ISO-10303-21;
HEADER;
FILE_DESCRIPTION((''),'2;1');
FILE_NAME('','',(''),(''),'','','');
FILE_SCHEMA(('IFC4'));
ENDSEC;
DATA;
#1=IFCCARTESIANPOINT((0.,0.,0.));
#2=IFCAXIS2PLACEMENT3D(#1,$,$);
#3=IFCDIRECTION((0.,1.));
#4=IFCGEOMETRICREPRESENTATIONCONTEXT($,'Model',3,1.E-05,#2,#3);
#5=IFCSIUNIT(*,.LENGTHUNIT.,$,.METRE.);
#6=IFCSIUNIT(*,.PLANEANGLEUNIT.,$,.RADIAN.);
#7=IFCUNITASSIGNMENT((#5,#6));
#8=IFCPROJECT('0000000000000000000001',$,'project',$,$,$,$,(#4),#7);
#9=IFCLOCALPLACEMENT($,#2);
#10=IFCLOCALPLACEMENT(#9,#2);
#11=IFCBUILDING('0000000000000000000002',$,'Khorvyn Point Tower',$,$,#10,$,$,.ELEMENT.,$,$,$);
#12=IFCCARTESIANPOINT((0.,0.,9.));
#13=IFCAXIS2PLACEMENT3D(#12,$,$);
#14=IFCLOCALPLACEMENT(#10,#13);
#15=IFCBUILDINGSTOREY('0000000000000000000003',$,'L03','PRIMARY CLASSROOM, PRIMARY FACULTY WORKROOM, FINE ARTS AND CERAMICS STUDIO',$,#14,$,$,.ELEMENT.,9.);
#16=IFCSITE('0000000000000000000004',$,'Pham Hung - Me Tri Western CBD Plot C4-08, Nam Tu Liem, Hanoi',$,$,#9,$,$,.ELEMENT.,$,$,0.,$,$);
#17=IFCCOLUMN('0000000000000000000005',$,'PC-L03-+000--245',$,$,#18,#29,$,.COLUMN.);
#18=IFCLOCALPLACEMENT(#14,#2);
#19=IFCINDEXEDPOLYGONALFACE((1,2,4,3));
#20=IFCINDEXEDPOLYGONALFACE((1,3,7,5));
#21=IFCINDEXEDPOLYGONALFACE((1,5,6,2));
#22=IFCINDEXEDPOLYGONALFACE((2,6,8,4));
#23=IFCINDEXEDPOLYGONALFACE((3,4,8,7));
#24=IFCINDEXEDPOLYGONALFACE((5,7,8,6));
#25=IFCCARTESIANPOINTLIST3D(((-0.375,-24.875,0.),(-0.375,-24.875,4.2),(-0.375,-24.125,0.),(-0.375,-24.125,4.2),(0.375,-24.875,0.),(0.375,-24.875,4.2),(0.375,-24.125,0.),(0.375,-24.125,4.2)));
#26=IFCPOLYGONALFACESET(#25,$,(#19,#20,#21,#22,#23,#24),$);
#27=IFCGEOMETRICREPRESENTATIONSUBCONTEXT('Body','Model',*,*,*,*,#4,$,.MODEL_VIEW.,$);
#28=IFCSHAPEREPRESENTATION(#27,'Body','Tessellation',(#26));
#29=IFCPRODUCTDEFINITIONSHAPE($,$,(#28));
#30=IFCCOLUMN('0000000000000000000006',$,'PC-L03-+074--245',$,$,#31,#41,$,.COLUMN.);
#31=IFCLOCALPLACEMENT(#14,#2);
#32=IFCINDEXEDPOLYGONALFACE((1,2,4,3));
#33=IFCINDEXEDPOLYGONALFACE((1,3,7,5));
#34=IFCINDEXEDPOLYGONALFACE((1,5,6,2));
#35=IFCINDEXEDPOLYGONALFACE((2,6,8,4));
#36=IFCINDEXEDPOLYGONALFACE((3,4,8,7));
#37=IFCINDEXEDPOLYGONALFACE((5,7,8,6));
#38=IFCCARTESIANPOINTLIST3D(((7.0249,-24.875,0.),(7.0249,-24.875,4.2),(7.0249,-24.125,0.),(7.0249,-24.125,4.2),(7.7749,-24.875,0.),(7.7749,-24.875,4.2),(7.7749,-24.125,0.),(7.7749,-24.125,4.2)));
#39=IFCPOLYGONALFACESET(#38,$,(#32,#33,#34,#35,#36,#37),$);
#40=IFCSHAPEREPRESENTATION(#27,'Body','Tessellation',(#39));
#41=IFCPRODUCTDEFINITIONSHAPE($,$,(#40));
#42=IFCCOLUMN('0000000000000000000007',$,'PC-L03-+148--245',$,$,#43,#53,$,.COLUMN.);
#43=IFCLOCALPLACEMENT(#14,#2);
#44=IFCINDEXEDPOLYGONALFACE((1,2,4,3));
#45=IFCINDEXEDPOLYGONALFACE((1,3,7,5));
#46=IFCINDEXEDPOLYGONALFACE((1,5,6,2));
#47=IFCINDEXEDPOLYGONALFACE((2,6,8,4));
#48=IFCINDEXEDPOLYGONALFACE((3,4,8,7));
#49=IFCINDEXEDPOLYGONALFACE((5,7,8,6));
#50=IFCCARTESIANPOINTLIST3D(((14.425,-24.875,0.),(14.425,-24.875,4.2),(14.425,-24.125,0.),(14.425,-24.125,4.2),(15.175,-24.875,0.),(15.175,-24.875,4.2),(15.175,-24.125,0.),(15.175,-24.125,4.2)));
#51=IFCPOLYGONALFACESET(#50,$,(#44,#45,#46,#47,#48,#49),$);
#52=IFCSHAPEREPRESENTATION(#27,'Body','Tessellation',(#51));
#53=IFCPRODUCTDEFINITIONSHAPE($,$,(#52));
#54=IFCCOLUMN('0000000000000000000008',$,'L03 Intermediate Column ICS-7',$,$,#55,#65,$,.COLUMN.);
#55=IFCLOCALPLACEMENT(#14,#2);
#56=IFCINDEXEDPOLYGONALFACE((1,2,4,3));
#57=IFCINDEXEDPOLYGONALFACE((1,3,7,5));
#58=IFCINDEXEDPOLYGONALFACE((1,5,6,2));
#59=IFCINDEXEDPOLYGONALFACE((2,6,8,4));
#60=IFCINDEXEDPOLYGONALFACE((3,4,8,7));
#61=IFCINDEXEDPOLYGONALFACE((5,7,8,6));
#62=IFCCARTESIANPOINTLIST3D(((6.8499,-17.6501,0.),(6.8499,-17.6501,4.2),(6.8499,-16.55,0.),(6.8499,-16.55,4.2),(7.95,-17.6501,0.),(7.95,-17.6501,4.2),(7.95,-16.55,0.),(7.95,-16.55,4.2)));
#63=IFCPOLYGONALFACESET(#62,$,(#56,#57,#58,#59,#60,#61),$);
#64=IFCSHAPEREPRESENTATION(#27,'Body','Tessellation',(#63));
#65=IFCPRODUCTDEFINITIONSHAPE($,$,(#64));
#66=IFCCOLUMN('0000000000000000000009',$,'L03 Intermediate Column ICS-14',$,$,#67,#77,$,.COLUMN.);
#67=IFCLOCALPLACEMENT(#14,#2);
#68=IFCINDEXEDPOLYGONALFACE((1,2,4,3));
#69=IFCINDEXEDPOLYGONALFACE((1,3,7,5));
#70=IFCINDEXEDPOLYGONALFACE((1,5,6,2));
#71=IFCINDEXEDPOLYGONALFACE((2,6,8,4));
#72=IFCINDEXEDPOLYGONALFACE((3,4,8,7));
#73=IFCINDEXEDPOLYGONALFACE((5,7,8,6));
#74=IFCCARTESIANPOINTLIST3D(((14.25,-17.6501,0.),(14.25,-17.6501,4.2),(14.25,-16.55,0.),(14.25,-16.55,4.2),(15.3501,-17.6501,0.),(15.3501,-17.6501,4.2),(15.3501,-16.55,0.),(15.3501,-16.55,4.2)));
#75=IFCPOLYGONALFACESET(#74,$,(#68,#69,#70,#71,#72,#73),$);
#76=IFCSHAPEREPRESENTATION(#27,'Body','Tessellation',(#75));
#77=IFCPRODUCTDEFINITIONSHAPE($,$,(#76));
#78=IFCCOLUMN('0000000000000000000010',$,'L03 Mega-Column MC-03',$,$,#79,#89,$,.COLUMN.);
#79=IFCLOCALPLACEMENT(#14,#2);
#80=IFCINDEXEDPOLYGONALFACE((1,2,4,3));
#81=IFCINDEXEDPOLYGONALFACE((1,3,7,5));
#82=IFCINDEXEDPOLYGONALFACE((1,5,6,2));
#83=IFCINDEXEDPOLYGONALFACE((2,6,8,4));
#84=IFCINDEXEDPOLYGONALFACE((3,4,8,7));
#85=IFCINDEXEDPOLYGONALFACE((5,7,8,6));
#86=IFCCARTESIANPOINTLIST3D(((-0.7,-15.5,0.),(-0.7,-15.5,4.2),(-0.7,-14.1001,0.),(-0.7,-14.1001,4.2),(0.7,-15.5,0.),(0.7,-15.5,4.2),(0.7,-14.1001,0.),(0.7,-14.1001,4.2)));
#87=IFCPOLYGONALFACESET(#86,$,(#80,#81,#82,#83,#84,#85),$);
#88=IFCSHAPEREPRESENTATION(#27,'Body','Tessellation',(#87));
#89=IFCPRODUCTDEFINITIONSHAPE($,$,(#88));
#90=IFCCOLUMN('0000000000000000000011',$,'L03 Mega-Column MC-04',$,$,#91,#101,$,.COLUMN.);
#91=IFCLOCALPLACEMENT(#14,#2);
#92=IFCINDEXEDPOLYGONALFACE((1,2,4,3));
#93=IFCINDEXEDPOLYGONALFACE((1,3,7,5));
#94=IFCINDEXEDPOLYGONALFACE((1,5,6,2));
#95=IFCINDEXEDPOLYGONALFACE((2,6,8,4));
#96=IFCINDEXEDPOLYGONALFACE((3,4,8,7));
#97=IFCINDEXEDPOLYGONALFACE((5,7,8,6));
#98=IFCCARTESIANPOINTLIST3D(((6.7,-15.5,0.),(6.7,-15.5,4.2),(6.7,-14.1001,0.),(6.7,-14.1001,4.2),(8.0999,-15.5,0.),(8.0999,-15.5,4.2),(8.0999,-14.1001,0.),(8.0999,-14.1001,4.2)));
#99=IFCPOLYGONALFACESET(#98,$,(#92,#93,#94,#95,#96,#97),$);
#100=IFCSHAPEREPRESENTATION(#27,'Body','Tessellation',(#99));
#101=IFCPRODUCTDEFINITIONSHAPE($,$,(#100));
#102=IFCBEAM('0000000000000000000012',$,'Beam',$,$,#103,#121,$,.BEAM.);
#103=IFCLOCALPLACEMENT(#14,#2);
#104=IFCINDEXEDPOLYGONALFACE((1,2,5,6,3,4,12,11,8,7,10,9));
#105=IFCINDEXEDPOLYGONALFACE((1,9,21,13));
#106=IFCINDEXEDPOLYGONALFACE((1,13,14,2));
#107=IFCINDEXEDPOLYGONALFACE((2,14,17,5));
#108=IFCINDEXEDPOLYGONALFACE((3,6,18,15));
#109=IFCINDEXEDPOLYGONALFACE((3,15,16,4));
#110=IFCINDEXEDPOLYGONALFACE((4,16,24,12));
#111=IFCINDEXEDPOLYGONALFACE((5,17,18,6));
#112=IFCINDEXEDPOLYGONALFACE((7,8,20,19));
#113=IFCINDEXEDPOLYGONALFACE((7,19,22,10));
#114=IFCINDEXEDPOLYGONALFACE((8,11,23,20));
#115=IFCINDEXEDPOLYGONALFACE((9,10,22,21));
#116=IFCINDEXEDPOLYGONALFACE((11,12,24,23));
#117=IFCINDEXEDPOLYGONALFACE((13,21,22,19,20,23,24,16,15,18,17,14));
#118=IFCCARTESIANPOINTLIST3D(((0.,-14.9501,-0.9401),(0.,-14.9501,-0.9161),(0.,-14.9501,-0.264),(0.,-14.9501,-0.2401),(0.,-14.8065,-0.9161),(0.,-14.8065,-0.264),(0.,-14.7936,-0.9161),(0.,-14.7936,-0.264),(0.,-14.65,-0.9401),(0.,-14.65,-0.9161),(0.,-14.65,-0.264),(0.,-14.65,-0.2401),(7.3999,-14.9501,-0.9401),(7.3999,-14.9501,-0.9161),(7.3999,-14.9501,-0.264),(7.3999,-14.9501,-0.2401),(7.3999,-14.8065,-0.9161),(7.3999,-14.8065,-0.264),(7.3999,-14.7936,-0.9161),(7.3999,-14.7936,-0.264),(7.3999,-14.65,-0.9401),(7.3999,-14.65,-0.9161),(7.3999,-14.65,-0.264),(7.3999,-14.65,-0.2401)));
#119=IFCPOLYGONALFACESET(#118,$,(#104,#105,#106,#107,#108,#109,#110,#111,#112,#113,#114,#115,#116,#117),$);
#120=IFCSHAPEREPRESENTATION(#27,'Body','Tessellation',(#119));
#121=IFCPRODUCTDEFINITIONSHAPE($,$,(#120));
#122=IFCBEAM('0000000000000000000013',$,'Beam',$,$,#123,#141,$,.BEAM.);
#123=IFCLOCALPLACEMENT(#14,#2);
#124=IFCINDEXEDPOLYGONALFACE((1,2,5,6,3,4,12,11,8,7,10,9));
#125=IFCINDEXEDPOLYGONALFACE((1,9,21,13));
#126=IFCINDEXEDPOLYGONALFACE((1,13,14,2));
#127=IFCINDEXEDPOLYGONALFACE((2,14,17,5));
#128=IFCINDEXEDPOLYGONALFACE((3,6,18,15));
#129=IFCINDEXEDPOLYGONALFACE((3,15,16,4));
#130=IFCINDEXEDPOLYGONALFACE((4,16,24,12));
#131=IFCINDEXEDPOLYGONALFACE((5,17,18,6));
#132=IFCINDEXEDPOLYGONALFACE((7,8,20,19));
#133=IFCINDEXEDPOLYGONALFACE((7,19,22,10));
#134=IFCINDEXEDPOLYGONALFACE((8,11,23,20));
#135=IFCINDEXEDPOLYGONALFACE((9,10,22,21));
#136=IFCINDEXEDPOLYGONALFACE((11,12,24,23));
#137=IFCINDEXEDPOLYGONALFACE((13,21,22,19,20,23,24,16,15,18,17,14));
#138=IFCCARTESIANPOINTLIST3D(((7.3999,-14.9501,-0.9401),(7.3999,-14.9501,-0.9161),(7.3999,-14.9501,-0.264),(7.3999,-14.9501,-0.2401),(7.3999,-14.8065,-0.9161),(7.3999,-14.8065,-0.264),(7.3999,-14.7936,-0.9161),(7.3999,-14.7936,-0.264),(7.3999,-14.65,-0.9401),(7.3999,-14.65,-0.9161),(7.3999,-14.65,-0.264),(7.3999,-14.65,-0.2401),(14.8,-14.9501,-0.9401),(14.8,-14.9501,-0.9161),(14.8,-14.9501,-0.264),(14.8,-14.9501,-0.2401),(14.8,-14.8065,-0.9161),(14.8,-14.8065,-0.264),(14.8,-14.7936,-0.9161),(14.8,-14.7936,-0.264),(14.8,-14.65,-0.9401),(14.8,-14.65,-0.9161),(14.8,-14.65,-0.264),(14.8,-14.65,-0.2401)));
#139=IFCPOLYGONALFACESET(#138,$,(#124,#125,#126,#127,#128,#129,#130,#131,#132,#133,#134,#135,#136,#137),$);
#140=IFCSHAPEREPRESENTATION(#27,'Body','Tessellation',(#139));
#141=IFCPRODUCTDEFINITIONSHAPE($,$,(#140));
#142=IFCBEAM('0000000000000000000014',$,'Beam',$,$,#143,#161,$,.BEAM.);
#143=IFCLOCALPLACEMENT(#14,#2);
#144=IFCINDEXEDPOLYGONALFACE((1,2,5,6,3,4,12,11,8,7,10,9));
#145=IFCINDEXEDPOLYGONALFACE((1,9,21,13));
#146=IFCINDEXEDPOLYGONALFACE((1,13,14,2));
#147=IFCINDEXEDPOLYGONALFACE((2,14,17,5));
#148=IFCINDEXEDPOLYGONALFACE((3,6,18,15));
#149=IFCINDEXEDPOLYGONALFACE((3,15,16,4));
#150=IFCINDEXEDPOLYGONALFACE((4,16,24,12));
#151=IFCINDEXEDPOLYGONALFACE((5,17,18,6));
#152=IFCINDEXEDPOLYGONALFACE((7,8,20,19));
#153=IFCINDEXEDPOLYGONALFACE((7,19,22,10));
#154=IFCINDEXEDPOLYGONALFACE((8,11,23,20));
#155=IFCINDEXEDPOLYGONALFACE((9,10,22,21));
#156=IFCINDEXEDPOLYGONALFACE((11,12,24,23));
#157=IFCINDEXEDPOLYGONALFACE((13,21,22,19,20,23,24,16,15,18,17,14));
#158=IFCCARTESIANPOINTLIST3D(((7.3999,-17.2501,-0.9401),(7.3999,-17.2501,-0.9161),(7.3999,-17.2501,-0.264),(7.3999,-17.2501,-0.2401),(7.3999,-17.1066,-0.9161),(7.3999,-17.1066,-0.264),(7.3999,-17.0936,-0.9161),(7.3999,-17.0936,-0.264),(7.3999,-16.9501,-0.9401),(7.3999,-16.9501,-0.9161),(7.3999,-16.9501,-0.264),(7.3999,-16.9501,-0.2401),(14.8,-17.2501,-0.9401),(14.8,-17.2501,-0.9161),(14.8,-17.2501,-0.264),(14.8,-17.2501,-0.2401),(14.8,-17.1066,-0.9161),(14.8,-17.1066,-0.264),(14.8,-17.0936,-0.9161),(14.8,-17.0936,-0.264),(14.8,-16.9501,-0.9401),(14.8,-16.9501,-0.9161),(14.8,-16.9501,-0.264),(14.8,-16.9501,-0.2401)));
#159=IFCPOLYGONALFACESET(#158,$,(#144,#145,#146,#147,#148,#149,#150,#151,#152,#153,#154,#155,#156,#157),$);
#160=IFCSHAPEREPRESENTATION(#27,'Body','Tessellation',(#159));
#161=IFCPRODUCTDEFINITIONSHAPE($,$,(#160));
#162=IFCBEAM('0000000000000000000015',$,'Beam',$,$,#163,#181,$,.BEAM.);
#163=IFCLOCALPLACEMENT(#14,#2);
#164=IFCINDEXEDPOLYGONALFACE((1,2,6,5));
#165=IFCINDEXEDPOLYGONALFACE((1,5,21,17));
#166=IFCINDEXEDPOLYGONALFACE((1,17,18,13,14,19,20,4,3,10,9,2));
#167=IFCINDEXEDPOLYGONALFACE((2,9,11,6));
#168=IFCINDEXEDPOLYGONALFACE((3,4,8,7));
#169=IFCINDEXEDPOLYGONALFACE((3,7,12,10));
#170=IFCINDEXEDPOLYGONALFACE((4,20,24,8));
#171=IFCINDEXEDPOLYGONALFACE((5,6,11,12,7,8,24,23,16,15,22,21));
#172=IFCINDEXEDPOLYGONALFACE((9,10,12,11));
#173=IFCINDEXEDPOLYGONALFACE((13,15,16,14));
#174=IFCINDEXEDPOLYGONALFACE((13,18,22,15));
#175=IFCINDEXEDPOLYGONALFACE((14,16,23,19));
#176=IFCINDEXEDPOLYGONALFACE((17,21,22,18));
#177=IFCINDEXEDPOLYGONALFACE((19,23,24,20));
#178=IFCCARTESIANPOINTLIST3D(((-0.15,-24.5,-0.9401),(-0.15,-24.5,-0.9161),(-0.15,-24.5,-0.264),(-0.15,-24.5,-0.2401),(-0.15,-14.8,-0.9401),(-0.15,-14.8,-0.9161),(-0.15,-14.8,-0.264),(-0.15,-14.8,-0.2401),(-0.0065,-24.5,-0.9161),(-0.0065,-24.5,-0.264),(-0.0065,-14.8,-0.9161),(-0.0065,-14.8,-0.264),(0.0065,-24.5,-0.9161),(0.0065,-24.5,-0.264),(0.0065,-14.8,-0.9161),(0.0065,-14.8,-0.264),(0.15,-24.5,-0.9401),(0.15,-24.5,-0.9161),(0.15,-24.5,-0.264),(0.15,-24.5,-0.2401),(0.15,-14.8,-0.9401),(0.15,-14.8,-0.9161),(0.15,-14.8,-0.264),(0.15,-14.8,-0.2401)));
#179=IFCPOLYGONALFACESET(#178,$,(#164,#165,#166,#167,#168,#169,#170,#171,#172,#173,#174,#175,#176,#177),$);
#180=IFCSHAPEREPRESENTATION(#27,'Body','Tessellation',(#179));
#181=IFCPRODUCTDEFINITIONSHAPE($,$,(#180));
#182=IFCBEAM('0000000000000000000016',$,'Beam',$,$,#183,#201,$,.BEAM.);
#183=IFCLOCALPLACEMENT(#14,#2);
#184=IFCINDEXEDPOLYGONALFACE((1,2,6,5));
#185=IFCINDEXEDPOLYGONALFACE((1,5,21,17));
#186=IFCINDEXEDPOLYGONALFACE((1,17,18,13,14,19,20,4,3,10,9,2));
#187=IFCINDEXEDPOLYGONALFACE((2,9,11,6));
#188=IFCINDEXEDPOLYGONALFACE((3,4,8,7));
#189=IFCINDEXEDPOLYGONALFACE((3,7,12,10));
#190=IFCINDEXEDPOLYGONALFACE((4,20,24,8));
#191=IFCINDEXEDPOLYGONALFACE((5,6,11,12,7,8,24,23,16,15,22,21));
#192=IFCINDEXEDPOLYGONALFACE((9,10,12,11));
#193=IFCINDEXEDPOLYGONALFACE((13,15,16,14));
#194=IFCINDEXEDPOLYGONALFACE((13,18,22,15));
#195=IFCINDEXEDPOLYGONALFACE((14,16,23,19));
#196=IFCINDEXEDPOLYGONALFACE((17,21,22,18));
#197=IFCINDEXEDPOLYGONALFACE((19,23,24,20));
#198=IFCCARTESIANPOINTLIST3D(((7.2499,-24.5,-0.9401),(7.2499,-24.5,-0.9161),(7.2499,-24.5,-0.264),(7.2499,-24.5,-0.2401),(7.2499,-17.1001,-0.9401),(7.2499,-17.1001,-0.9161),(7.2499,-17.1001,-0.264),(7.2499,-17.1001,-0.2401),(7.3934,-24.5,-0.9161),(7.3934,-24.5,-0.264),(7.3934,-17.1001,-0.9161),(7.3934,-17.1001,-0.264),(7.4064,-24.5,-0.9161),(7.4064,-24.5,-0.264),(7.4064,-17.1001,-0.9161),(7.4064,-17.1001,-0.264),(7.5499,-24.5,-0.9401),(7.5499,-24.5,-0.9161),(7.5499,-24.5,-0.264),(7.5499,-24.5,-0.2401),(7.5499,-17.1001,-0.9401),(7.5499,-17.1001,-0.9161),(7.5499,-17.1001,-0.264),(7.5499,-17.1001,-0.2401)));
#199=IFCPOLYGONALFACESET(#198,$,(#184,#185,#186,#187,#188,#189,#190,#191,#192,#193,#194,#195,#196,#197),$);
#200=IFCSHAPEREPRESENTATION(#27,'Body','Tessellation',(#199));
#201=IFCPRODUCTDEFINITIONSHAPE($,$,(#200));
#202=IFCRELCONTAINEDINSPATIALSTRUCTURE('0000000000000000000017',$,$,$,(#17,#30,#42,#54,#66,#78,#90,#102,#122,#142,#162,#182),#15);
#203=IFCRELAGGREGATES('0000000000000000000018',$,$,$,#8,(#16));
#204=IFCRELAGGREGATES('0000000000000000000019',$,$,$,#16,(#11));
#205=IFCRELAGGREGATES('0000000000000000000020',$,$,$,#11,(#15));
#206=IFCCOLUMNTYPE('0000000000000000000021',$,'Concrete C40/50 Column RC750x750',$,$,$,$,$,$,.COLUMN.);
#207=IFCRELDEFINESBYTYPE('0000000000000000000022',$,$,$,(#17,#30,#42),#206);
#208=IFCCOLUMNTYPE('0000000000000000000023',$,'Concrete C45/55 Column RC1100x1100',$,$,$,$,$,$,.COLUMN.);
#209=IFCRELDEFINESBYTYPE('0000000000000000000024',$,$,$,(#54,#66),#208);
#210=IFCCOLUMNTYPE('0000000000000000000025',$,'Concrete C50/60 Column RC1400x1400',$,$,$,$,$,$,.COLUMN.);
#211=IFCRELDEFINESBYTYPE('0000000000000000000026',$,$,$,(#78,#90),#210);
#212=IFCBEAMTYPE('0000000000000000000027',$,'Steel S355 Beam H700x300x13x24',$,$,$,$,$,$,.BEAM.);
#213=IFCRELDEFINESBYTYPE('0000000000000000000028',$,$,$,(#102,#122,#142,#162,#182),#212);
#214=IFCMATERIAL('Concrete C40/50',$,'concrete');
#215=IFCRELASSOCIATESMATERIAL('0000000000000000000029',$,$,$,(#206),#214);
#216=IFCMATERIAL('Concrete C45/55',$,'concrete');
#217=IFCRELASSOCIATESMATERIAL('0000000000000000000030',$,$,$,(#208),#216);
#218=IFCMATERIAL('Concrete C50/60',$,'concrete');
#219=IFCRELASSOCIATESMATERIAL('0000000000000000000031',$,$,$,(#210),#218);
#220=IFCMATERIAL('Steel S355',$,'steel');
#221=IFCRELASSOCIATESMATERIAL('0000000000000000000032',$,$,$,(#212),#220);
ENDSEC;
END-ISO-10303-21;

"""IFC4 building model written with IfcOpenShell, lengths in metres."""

from ifc_helpers import new_model, si_unit, direction, frame, origin, origin_2d, place, context, subcontext, project, spatial, rectangle, i_section, extrude, material, material_profile, profile_set, type_object, element, save


model = new_model("IFC4")

# Units and contexts
model_context = context("Model", 3, precision=1e-05, world=origin(), true_north=direction((0.0, 1.0)))
body_context = subcontext(model_context, "Body", "Model", "MODEL_VIEW")
ifc_project = project(units=[si_unit("LENGTHUNIT", "METRE"), si_unit("PLANEANGLEUNIT", "RADIAN")], contexts=[model_context])

# Site, building, storey
site_placement = place(None, origin())
site = spatial("IfcSite", under=ifc_project, at=site_placement, Name="Pham Hung - Me Tri Western CBD Plot C4-08, Nam Tu Liem, Hanoi", CompositionType="ELEMENT", RefElevation=0.0)
building_placement = place(site_placement, origin())
building = spatial("IfcBuilding", under=site, at=building_placement, Name="Khorvyn Point Tower", CompositionType="ELEMENT")
storey_placement = place(building_placement, frame((0.0, 0.0, 9.0)))
storey = spatial("IfcBuildingStorey", under=building, at=storey_placement, Name="L03", Description="PRIMARY CLASSROOM, PRIMARY FACULTY WORKROOM, FINE ARTS AND CERAMICS STUDIO", CompositionType="ELEMENT", Elevation=9.0)

# Columns
ifc_material_1 = material(Name="Concrete C40/50", Category="concrete")
ifc_material_profile_1 = material_profile(ifc_material_1, rectangle(XDim=0.75, YDim=0.75, at=origin_2d()))
ifc_profile_set_1 = profile_set([ifc_material_profile_1], Name="Concrete C40/50 RC750x750")
column_type_1 = type_object("IfcColumnType", Name="Concrete C40/50 Column RC750x750", PredefinedType="COLUMN", material=ifc_profile_set_1)
for number, where, z_axis, x_axis, name in (
    (1, (0.0, -24.5, 0.0), (0.0, 0.0, 1.0), (1.0, 0.0, 0.0), "PC-L03-+000--245"),
    (2, (7.3999, -24.5, 0.0), (0.0, 0.0, 1.0), (1.0, 0.0, 0.0), "PC-L03-+074--245"),
    (3, (14.8, -24.5, 0.0), (0.0, 0.0, 1.0), (1.0, 0.0, 0.0), "PC-L03-+148--245"),
):
    element("IfcColumn", number, at=place(storey_placement, frame(where, z_axis=z_axis, x_axis=x_axis)), inside=storey, type_object=column_type_1, Name=name, PredefinedType="COLUMN", context=body_context, shape_type="SweptSolid", body=[
        extrude(rectangle(XDim=0.75, YDim=0.75, at=origin_2d()), origin(), (0.0, 0.0, 1.0), 4.2),
    ])
ifc_material_2 = material(Name="Concrete C45/55", Category="concrete")
ifc_material_profile_2 = material_profile(ifc_material_2, rectangle(XDim=1.1001, YDim=1.1001, at=origin_2d()))
ifc_profile_set_2 = profile_set([ifc_material_profile_2], Name="Concrete C45/55 RC1100x1100")
column_type_2 = type_object("IfcColumnType", Name="Concrete C45/55 Column RC1100x1100", PredefinedType="COLUMN", material=ifc_profile_set_2)
for number, where, z_axis, x_axis, name in (
    (4, (7.3999, -17.1001, 0.0), (0.0, 0.0, 1.0), (1.0, 0.0, 0.0), "L03 Intermediate Column ICS-7"),
    (5, (14.8, -17.1001, 0.0), (0.0, 0.0, 1.0), (1.0, 0.0, 0.0), "L03 Intermediate Column ICS-14"),
):
    element("IfcColumn", number, at=place(storey_placement, frame(where, z_axis=z_axis, x_axis=x_axis)), inside=storey, type_object=column_type_2, Name=name, PredefinedType="COLUMN", context=body_context, shape_type="SweptSolid", body=[
        extrude(rectangle(XDim=1.1001, YDim=1.1001, at=origin_2d()), origin(), (0.0, 0.0, 1.0), 4.2),
    ])
ifc_material_3 = material(Name="Concrete C50/60", Category="concrete")
ifc_material_profile_3 = material_profile(ifc_material_3, rectangle(XDim=1.3999, YDim=1.3999, at=origin_2d()))
ifc_profile_set_3 = profile_set([ifc_material_profile_3], Name="Concrete C50/60 RC1400x1400")
column_type_3 = type_object("IfcColumnType", Name="Concrete C50/60 Column RC1400x1400", PredefinedType="COLUMN", material=ifc_profile_set_3)
for number, where, z_axis, x_axis, name in (
    (6, (0.0, -14.8, 0.0), (0.0, 0.0, 1.0), (1.0, 0.0, 0.0), "L03 Mega-Column MC-03"),
    (7, (7.3999, -14.8, 0.0), (0.0, 0.0, 1.0), (1.0, 0.0, 0.0), "L03 Mega-Column MC-04"),
):
    element("IfcColumn", number, at=place(storey_placement, frame(where, z_axis=z_axis, x_axis=x_axis)), inside=storey, type_object=column_type_3, Name=name, PredefinedType="COLUMN", context=body_context, shape_type="SweptSolid", body=[
        extrude(rectangle(XDim=1.3999, YDim=1.3999, at=origin_2d()), origin(), (0.0, 0.0, 1.0), 4.2),
    ])

# Beams
ifc_material_4 = material(Name="Steel S355", Category="steel")
ifc_material_profile_4 = material_profile(ifc_material_4, i_section(OverallWidth=0.3, OverallDepth=0.7, WebThickness=0.0129, FlangeThickness=0.0239, at=origin_2d()))
ifc_profile_set_4 = profile_set([ifc_material_profile_4], Name="Steel S355 H700x300x13x24")
beam_type_1 = type_object("IfcBeamType", Name="Steel S355 Beam H700x300x13x24", PredefinedType="BEAM", material=ifc_profile_set_4)
beam_1_placement = place(storey_placement, frame((0.0, -14.8, -0.5901), z_axis=(1.0, 0.0, 0.0), x_axis=(0.0, 1.0, 0.0)))
element("IfcBeam", 8, at=beam_1_placement, inside=storey, type_object=beam_type_1, Name="Beam", PredefinedType="BEAM", context=body_context, shape_type="SweptSolid", body=[
    extrude(i_section(OverallWidth=0.3, OverallDepth=0.7, WebThickness=0.0129, FlangeThickness=0.0239, at=origin_2d()), origin(), (0.0, 0.0, 1.0), 7.3999),
])
for number, where, z_axis, x_axis, name in (
    (9, (7.3999, -14.8, -0.5901), (1.0, 0.0, 0.0), (0.0, 1.0, 0.0), "Beam"),
    (10, (7.3999, -17.1001, -0.5901), (1.0, 0.0, 0.0), (0.0, 1.0, 0.0), "Beam"),
):
    element("IfcBeam", number, at=place(storey_placement, frame(where, z_axis=z_axis, x_axis=x_axis)), inside=storey, type_object=beam_type_1, Name=name, PredefinedType="BEAM", context=body_context, shape_type="SweptSolid", body=[
        extrude(i_section(OverallWidth=0.3, OverallDepth=0.7, WebThickness=0.0129, FlangeThickness=0.0239, at=origin_2d()), origin(), (0.0, 0.0, 1.0), 7.4001),
    ])
beam_2_placement = place(storey_placement, frame((0.0, -24.5, -0.5901), z_axis=(0.0, 1.0, 0.0), x_axis=(-1.0, 0.0, 0.0)))
element("IfcBeam", 11, at=beam_2_placement, inside=storey, type_object=beam_type_1, Name="Beam", PredefinedType="BEAM", context=body_context, shape_type="SweptSolid", body=[
    extrude(i_section(OverallWidth=0.3, OverallDepth=0.7, WebThickness=0.0129, FlangeThickness=0.0239, at=origin_2d()), origin(), (0.0, 0.0, 1.0), 9.7),
])
beam_3_placement = place(storey_placement, frame((7.3999, -24.5, -0.5901), z_axis=(0.0, 1.0, 0.0), x_axis=(-1.0, 0.0, 0.0)))
element("IfcBeam", 12, at=beam_3_placement, inside=storey, type_object=beam_type_1, Name="Beam", PredefinedType="BEAM", context=body_context, shape_type="SweptSolid", body=[
    extrude(i_section(OverallWidth=0.3, OverallDepth=0.7, WebThickness=0.0129, FlangeThickness=0.0239, at=origin_2d()), origin(), (0.0, 0.0, 1.0), 7.3999),
])

save(model, "model.ifc")
